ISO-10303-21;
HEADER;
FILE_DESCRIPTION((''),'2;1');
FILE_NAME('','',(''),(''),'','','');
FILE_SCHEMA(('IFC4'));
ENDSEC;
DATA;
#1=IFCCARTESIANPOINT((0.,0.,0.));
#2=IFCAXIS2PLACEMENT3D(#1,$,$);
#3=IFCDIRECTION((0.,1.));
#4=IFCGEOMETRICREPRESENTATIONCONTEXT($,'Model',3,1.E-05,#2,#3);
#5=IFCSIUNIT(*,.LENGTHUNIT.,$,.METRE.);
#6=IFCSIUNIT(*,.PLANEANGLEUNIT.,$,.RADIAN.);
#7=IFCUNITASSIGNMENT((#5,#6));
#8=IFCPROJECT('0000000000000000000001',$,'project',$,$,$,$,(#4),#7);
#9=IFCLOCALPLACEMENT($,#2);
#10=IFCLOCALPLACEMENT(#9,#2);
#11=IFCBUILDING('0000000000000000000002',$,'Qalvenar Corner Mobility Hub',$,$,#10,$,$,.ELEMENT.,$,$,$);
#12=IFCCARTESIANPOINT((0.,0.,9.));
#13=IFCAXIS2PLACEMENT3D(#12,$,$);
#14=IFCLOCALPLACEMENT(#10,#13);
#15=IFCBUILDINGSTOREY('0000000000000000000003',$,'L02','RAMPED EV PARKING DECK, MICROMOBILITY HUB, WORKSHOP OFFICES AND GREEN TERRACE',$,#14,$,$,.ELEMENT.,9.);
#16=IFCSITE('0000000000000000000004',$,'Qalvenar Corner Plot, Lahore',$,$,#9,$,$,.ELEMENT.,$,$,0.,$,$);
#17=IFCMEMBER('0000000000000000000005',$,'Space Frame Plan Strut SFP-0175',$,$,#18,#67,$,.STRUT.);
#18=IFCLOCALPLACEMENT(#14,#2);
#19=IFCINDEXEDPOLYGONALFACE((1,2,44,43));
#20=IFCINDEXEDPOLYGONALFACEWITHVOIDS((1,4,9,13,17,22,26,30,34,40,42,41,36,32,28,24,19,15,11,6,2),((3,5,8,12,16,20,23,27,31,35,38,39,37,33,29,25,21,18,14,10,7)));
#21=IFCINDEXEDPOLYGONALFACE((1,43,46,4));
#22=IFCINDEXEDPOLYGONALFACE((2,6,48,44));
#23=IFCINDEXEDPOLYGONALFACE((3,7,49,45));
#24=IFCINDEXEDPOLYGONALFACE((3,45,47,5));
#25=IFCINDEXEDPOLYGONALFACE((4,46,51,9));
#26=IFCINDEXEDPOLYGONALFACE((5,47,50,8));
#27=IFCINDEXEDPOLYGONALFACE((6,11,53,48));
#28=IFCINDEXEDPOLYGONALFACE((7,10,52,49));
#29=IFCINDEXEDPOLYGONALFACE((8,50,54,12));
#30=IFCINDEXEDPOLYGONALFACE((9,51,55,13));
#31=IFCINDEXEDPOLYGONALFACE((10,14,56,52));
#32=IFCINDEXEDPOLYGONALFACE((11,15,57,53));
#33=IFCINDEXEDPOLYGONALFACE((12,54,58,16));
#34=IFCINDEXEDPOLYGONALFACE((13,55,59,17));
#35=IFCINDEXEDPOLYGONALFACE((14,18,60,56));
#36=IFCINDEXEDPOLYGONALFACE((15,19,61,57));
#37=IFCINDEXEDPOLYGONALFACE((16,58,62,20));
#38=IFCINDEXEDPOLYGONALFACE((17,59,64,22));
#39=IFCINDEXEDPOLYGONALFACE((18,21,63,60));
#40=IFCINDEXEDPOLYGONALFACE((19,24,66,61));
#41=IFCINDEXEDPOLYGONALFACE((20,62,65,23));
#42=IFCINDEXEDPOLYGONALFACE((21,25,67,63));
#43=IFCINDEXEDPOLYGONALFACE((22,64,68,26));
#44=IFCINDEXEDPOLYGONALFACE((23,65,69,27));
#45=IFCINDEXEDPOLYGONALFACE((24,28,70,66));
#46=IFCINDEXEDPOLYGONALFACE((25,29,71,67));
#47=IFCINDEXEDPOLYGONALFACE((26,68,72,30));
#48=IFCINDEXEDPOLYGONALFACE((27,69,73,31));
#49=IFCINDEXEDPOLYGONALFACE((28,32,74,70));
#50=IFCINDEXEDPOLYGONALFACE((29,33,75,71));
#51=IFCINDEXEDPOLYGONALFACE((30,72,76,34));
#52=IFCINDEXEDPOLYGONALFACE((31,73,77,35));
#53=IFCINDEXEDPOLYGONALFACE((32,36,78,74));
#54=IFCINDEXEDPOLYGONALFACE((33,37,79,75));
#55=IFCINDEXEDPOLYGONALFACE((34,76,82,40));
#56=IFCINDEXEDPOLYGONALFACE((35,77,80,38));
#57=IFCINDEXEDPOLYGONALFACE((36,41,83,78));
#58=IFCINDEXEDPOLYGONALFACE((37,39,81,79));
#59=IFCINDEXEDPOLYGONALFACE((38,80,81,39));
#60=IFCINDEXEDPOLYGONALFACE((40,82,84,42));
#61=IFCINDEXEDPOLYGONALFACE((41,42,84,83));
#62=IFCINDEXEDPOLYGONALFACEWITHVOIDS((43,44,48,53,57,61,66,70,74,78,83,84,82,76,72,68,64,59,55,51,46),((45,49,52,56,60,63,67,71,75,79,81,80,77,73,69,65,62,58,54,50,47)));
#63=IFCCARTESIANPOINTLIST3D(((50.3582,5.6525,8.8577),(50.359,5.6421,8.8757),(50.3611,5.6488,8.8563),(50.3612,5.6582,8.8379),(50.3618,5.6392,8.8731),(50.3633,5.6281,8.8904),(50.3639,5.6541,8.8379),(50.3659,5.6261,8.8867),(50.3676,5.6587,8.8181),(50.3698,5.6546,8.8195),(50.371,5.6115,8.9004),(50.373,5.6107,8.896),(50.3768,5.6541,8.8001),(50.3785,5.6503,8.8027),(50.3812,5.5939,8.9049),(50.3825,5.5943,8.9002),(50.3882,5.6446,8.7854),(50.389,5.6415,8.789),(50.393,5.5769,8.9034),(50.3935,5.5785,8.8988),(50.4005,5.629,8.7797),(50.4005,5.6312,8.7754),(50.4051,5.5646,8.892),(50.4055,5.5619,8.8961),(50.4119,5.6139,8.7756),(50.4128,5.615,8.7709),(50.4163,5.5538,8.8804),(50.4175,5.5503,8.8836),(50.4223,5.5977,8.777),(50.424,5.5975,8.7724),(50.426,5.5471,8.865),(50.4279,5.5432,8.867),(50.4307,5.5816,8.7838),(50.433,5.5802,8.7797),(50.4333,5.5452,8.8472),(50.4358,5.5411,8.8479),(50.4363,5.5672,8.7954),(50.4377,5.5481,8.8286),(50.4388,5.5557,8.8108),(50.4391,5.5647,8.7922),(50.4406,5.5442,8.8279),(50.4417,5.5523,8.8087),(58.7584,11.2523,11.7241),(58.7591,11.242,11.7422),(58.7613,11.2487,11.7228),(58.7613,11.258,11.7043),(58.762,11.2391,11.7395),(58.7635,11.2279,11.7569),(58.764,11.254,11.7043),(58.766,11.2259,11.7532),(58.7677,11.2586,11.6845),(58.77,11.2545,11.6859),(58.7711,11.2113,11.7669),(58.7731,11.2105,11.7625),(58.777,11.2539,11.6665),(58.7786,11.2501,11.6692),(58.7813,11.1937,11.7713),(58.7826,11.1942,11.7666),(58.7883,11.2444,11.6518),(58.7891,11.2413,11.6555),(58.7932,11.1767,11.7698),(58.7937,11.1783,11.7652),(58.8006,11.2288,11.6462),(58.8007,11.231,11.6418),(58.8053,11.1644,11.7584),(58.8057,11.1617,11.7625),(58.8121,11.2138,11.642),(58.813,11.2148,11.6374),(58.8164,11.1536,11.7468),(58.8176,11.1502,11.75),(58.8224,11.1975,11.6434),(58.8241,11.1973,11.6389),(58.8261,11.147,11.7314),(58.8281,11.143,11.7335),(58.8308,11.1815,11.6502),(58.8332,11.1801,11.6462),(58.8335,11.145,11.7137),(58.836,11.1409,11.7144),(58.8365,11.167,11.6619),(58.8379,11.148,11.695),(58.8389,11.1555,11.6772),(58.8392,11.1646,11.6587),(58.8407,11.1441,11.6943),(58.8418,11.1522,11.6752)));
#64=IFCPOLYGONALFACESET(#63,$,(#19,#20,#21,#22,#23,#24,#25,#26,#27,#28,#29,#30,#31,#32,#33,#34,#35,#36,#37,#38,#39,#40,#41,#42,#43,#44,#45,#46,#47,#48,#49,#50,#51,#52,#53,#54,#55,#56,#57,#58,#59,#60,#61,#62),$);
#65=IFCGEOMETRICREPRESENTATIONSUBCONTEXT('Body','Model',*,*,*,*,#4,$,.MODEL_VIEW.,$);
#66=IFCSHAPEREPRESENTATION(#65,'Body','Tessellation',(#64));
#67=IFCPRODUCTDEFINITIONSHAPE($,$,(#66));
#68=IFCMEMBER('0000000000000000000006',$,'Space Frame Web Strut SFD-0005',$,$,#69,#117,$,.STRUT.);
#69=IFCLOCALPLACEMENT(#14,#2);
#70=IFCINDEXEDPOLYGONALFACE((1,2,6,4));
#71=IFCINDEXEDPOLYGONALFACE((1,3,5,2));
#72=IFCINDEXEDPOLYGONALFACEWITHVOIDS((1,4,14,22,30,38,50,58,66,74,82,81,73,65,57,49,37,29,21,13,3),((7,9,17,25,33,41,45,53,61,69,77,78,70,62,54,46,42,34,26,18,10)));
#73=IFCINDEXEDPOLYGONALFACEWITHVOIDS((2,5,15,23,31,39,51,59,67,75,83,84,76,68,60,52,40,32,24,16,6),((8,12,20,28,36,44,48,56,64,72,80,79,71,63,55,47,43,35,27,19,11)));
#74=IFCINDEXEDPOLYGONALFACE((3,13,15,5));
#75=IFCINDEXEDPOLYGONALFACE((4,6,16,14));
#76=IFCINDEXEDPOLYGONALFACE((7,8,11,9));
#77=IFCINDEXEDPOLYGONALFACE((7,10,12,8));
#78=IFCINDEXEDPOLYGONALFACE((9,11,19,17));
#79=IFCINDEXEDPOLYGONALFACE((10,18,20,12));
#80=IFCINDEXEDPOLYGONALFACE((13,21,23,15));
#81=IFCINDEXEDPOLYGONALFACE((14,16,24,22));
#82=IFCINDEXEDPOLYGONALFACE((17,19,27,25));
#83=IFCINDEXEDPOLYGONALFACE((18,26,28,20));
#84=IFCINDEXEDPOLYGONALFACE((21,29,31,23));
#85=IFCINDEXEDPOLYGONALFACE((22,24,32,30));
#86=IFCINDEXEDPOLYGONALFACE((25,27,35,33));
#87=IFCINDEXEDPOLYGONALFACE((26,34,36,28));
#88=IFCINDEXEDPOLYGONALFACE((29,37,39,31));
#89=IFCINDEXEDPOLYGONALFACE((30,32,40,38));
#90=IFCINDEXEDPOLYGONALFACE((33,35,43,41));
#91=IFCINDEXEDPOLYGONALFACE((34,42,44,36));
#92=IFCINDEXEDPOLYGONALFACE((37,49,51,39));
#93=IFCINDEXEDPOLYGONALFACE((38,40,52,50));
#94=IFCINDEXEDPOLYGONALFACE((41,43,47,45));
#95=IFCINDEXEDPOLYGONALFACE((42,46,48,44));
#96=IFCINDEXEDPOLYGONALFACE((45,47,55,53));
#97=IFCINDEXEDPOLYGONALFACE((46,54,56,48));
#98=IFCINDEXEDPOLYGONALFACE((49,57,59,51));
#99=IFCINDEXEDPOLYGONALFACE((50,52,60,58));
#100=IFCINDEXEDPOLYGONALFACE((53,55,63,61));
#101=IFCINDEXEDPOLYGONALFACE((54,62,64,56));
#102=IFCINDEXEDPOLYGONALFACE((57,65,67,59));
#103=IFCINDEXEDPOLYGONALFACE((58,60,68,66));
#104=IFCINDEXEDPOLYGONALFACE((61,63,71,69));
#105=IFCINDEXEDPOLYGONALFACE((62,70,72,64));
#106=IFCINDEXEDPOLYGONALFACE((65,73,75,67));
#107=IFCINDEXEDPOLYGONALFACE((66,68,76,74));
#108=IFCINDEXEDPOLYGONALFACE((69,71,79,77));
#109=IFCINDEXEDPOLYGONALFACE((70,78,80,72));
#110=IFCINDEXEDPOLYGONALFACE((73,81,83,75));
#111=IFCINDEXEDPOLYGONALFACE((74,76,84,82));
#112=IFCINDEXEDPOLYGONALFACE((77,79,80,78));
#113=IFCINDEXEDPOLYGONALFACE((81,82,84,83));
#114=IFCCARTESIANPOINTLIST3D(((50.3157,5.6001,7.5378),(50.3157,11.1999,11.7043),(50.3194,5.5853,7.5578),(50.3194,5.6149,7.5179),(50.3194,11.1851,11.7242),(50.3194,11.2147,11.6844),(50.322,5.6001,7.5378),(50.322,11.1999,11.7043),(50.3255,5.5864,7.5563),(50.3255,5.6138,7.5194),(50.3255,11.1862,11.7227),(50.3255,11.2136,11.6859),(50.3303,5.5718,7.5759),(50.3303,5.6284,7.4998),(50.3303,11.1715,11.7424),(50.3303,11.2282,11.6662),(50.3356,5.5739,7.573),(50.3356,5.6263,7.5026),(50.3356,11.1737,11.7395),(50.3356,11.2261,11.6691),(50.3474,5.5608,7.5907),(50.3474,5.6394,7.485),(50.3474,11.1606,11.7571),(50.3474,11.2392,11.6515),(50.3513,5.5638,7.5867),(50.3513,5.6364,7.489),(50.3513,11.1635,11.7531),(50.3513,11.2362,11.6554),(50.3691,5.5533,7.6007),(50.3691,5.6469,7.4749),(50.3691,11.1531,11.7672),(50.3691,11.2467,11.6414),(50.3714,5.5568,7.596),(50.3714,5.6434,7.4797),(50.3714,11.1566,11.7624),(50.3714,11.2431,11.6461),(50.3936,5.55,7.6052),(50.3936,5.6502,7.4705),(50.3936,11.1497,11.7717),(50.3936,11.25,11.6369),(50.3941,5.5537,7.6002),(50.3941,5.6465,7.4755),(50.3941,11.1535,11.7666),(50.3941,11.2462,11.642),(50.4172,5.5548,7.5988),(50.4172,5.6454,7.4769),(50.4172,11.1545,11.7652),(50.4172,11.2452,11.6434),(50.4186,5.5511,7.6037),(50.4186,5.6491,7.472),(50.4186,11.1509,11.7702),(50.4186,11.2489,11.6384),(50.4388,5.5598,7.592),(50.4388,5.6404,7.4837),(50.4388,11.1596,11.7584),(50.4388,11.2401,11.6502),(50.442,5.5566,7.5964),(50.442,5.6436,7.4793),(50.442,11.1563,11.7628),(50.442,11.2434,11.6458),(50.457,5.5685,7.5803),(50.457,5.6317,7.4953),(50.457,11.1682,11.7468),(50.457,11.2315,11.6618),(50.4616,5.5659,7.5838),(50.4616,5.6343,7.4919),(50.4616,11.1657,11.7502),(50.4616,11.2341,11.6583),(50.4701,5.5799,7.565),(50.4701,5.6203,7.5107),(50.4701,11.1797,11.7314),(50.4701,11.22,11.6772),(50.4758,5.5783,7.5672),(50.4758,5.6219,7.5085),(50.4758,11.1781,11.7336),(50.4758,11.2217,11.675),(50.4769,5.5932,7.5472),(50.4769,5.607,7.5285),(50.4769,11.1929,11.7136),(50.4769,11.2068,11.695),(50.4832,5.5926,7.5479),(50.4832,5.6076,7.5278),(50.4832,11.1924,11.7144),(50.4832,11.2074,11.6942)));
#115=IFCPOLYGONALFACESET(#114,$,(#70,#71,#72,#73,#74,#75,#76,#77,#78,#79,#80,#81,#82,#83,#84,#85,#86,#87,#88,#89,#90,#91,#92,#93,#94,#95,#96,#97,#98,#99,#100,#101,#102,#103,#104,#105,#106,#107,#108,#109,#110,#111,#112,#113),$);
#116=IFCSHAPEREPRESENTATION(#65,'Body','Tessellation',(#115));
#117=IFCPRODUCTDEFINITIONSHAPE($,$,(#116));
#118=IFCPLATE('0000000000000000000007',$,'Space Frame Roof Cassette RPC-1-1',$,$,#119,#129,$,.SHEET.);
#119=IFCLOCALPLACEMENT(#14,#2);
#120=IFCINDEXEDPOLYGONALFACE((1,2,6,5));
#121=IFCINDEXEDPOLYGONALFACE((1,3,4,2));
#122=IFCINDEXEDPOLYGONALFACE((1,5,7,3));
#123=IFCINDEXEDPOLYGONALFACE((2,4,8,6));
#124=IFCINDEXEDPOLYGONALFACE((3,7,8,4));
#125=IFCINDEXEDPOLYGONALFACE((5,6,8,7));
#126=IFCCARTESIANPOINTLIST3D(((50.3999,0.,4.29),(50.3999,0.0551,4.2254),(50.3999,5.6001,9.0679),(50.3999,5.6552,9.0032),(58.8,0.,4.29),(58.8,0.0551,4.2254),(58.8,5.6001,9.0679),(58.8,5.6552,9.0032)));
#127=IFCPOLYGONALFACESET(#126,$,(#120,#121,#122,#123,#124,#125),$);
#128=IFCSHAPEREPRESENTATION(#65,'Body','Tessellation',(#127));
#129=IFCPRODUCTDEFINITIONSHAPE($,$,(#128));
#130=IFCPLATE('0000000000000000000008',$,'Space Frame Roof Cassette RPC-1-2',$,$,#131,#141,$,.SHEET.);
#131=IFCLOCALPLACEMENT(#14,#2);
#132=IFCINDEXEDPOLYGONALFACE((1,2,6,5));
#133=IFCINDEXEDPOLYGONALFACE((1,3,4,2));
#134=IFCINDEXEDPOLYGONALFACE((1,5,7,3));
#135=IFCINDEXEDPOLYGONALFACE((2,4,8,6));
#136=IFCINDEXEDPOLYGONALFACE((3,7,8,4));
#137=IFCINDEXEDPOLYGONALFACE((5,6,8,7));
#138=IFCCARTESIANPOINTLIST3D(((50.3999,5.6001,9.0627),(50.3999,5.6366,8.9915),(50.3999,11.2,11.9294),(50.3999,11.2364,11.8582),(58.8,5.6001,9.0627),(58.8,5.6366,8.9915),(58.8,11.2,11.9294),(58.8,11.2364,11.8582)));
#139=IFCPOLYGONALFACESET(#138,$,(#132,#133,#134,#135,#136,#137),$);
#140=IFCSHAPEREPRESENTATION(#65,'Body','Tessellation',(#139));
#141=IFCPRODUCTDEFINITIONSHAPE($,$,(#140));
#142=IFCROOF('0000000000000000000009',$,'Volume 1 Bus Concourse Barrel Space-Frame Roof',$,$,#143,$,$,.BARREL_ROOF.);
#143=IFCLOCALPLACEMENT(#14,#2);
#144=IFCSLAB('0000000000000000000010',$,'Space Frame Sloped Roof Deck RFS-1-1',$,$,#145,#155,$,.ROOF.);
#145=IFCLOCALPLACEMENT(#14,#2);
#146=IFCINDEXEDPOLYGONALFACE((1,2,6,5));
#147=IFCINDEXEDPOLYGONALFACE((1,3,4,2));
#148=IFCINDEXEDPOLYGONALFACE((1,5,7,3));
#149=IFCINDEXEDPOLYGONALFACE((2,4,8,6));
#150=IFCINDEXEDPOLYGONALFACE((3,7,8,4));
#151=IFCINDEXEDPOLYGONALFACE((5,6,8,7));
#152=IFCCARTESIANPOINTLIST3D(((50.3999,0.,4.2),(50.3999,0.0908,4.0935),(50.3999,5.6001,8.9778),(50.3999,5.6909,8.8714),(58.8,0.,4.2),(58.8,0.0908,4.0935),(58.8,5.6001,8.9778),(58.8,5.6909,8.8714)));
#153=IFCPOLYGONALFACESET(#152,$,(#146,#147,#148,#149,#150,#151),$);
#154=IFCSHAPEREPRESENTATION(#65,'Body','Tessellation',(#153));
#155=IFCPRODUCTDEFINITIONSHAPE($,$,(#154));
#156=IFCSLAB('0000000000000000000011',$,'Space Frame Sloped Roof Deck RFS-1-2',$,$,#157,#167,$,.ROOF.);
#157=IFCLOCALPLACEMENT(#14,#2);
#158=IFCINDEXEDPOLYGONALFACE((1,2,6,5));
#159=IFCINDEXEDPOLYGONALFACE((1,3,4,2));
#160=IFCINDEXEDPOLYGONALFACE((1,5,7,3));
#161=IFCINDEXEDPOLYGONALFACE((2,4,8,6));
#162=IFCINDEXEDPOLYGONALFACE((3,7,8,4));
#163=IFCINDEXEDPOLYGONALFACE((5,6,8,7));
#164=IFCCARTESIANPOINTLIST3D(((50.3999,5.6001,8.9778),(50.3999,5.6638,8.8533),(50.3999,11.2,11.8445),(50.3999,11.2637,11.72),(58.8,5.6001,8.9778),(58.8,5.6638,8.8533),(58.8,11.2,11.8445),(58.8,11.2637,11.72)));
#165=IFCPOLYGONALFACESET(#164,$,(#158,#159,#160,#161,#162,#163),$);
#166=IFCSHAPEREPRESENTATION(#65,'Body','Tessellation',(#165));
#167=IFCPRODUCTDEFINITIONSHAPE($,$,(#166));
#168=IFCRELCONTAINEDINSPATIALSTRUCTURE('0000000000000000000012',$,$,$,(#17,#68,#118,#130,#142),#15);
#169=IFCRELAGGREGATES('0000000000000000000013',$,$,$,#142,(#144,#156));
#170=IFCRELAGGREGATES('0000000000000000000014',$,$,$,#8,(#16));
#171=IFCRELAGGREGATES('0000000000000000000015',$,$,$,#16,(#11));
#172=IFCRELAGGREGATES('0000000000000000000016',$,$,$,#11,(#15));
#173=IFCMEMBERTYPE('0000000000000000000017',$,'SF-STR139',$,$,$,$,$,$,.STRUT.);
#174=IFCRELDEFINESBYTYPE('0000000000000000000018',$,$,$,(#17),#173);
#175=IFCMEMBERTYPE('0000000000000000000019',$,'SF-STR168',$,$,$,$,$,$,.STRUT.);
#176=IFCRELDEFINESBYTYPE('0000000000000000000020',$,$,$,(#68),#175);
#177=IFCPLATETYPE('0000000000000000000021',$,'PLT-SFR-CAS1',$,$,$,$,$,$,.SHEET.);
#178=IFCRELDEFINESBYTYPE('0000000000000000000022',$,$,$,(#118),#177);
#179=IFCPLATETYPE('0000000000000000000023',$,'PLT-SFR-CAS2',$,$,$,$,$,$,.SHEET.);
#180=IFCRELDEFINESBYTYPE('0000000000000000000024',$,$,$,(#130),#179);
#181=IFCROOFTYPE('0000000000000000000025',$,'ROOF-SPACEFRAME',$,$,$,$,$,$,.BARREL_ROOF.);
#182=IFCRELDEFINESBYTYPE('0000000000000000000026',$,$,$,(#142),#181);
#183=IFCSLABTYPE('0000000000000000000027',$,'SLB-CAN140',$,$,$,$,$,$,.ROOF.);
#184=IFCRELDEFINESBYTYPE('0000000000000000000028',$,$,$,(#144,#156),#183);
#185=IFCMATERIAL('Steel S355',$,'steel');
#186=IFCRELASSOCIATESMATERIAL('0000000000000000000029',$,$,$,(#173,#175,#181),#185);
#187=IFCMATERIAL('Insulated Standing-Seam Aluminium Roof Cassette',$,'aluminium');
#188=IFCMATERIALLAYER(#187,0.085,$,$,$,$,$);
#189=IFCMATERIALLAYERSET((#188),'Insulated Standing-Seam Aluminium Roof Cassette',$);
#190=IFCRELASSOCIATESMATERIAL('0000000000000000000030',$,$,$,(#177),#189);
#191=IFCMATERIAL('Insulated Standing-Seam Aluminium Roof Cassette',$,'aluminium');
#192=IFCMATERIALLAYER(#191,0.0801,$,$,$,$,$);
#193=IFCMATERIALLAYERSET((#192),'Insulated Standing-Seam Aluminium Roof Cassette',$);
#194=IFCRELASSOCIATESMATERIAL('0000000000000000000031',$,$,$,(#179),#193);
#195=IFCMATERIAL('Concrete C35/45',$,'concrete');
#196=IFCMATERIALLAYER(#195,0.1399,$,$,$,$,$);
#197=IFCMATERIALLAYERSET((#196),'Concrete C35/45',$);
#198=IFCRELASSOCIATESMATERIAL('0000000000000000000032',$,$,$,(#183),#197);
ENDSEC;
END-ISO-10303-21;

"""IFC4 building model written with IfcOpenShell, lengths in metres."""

from ifc_helpers import new_model, si_unit, direction, frame, origin, origin_2d, place, context, subcontext, project, spatial, polyline, hollow_circle, outline, extrude, material, layer, layer_set, material_profile, profile_set, type_object, element, aggregate, save


model = new_model("IFC4")

# Units and contexts
model_context = context("Model", 3, precision=1e-05, world=origin(), true_north=direction((0.0, 1.0)))
body_context = subcontext(model_context, "Body", "Model", "MODEL_VIEW")
ifc_project = project(units=[si_unit("LENGTHUNIT", "METRE"), si_unit("PLANEANGLEUNIT", "RADIAN")], contexts=[model_context])

# Site, building, storey
site_placement = place(None, origin())
site = spatial("IfcSite", under=ifc_project, at=site_placement, Name="Qalvenar Corner Plot, Lahore", CompositionType="ELEMENT", RefElevation=0.0)
building_placement = place(site_placement, origin())
building = spatial("IfcBuilding", under=site, at=building_placement, Name="Qalvenar Corner Mobility Hub", CompositionType="ELEMENT")
storey_placement = place(building_placement, frame((0.0, 0.0, 9.0)))
storey = spatial("IfcBuildingStorey", under=building, at=storey_placement, Name="L02", Description="RAMPED EV PARKING DECK, MICROMOBILITY HUB, WORKSHOP OFFICES AND GREEN TERRACE", CompositionType="ELEMENT", Elevation=9.0)

# Members
ifc_material_1 = material(Name="Steel S355", Category="steel")
ifc_material_profile_1 = material_profile(ifc_material_1, hollow_circle(Radius=0.0698, WallThickness=0.0049, at=origin_2d()), Name="CHS139.7x5")
ifc_profile_set_1 = profile_set([ifc_material_profile_1], Name="Steel S355")
member_type_1 = type_object("IfcMemberType", Name="SF-STR139", PredefinedType="STRUT", material=ifc_profile_set_1)
member_1_placement = place(storey_placement, frame((50.3999, 5.6001, 8.8379), z_axis=(0.800423, 0.533592, 0.273135), x_axis=(-0.554683, 0.832061, 0.0)))
element("IfcMember", 1, at=member_1_placement, inside=storey, type_object=member_type_1, Name="Space Frame Plan Strut SFP-0175", PredefinedType="STRUT", context=body_context, shape_type="SweptSolid", body=[
    extrude(hollow_circle(Radius=0.0698, WallThickness=0.0049, at=origin_2d()), origin(), (0.0, 0.0, 1.0), 10.4946),
])
ifc_material_profile_2 = material_profile(ifc_material_1, hollow_circle(Radius=0.0842, WallThickness=0.0063, at=origin_2d()), Name="CHS168.3x6.3")
ifc_profile_set_2 = profile_set([ifc_material_profile_2], Name="Steel S355")
member_type_2 = type_object("IfcMemberType", Name="SF-STR168", PredefinedType="STRUT", material=ifc_profile_set_2)
member_2_placement = place(storey_placement, frame((50.3999, 5.6001, 7.5378), z_axis=(0.0, 0.80229, 0.596934), x_axis=(-1.0, 0.0, 0.0)))
element("IfcMember", 2, at=member_2_placement, inside=storey, type_object=member_type_2, Name="Space Frame Web Strut SFD-0005", PredefinedType="STRUT", context=body_context, shape_type="SweptSolid", body=[
    extrude(hollow_circle(Radius=0.0842, WallThickness=0.0063, at=origin_2d()), origin(), (0.0, 0.0, 1.0), 6.9797),
])

# Plates
ifc_material_2 = material(Name="Insulated Standing-Seam Aluminium Roof Cassette", Category="aluminium")
ifc_layer_1 = layer(ifc_material_2, 0.085)
ifc_layer_set_1 = layer_set([ifc_layer_1], Name="Insulated Standing-Seam Aluminium Roof Cassette")
plate_type_1 = type_object("IfcPlateType", Name="PLT-SFR-CAS1", PredefinedType="SHEET", material=ifc_layer_set_1)
plate_1_placement = place(storey_placement, frame((50.3999, 0.0, 4.29), z_axis=(0.0, -0.649047, 0.760748), x_axis=(1.0, 0.0, 0.0)))
element("IfcPlate", 3, at=plate_1_placement, inside=storey, type_object=plate_type_1, Name="Space Frame Roof Cassette RPC-1-1", PredefinedType="SHEET", context=body_context, shape_type="SweptSolid", body=[
    extrude(outline(polyline([(0.0, 0.0), (8.4001, 0.0), (8.4001, 7.3613), (0.0, 7.3613), (0.0, 0.0)])), origin(), (0.0, 0.0, -1.0), 0.085),
])
ifc_material_3 = material(Name="Insulated Standing-Seam Aluminium Roof Cassette", Category="aluminium")
ifc_layer_2 = layer(ifc_material_3, 0.0801)
ifc_layer_set_2 = layer_set([ifc_layer_2], Name="Insulated Standing-Seam Aluminium Roof Cassette")
plate_type_2 = type_object("IfcPlateType", Name="PLT-SFR-CAS2", PredefinedType="SHEET", material=ifc_layer_set_2)
plate_2_placement = place(storey_placement, frame((50.3999, 5.6001, 9.0627), z_axis=(0.0, -0.455685, 0.890141), x_axis=(1.0, 0.0, 0.0)))
element("IfcPlate", 4, at=plate_2_placement, inside=storey, type_object=plate_type_2, Name="Space Frame Roof Cassette RPC-1-2", PredefinedType="SHEET", context=body_context, shape_type="SweptSolid", body=[
    extrude(outline(polyline([(0.0, 0.0), (8.4001, 0.0), (8.4001, 6.291), (0.0, 6.291), (0.0, 0.0)])), origin(), (0.0, 0.0, -1.0), 0.0801),
])

# Roof, slabs
roof_type = type_object("IfcRoofType", Name="ROOF-SPACEFRAME", PredefinedType="BARREL_ROOF", material=ifc_material_1)
roof_placement = place(storey_placement, origin())
roof = element("IfcRoof", 5, at=roof_placement, inside=storey, type_object=roof_type, Name="Volume 1 Bus Concourse Barrel Space-Frame Roof", PredefinedType="BARREL_ROOF")
ifc_material_4 = material(Name="Concrete C35/45", Category="concrete")
ifc_layer_3 = layer(ifc_material_4, 0.1399)
ifc_layer_set_3 = layer_set([ifc_layer_3], Name="Concrete C35/45")
slab_type = type_object("IfcSlabType", Name="SLB-CAN140", PredefinedType="ROOF", material=ifc_layer_set_3)
slab_1_placement = place(storey_placement, frame((50.3999, 0.0, 4.2), z_axis=(0.0, -0.649047, 0.760748), x_axis=(1.0, 0.0, 0.0)))
slab_1 = element("IfcSlab", 6, at=slab_1_placement, type_object=slab_type, Name="Space Frame Sloped Roof Deck RFS-1-1", PredefinedType="ROOF", context=body_context, shape_type="SweptSolid", body=[
    extrude(outline(polyline([(0.0, 0.0), (8.4001, 0.0), (8.4001, 7.3613), (0.0, 7.3613), (0.0, 0.0)])), origin(), (0.0, 0.0, -1.0), 0.1399),
])
slab_2_placement = place(storey_placement, frame((50.3999, 5.6001, 8.9778), z_axis=(0.0, -0.455685, 0.890141), x_axis=(1.0, 0.0, 0.0)))
slab_2 = element("IfcSlab", 7, at=slab_2_placement, type_object=slab_type, Name="Space Frame Sloped Roof Deck RFS-1-2", PredefinedType="ROOF", context=body_context, shape_type="SweptSolid", body=[
    extrude(outline(polyline([(0.0, 0.0), (8.4001, 0.0), (8.4001, 6.291), (0.0, 6.291), (0.0, 0.0)])), origin(), (0.0, 0.0, -1.0), 0.1399),
])
aggregate(roof, [slab_1, slab_2])

save(model, "model.ifc")
